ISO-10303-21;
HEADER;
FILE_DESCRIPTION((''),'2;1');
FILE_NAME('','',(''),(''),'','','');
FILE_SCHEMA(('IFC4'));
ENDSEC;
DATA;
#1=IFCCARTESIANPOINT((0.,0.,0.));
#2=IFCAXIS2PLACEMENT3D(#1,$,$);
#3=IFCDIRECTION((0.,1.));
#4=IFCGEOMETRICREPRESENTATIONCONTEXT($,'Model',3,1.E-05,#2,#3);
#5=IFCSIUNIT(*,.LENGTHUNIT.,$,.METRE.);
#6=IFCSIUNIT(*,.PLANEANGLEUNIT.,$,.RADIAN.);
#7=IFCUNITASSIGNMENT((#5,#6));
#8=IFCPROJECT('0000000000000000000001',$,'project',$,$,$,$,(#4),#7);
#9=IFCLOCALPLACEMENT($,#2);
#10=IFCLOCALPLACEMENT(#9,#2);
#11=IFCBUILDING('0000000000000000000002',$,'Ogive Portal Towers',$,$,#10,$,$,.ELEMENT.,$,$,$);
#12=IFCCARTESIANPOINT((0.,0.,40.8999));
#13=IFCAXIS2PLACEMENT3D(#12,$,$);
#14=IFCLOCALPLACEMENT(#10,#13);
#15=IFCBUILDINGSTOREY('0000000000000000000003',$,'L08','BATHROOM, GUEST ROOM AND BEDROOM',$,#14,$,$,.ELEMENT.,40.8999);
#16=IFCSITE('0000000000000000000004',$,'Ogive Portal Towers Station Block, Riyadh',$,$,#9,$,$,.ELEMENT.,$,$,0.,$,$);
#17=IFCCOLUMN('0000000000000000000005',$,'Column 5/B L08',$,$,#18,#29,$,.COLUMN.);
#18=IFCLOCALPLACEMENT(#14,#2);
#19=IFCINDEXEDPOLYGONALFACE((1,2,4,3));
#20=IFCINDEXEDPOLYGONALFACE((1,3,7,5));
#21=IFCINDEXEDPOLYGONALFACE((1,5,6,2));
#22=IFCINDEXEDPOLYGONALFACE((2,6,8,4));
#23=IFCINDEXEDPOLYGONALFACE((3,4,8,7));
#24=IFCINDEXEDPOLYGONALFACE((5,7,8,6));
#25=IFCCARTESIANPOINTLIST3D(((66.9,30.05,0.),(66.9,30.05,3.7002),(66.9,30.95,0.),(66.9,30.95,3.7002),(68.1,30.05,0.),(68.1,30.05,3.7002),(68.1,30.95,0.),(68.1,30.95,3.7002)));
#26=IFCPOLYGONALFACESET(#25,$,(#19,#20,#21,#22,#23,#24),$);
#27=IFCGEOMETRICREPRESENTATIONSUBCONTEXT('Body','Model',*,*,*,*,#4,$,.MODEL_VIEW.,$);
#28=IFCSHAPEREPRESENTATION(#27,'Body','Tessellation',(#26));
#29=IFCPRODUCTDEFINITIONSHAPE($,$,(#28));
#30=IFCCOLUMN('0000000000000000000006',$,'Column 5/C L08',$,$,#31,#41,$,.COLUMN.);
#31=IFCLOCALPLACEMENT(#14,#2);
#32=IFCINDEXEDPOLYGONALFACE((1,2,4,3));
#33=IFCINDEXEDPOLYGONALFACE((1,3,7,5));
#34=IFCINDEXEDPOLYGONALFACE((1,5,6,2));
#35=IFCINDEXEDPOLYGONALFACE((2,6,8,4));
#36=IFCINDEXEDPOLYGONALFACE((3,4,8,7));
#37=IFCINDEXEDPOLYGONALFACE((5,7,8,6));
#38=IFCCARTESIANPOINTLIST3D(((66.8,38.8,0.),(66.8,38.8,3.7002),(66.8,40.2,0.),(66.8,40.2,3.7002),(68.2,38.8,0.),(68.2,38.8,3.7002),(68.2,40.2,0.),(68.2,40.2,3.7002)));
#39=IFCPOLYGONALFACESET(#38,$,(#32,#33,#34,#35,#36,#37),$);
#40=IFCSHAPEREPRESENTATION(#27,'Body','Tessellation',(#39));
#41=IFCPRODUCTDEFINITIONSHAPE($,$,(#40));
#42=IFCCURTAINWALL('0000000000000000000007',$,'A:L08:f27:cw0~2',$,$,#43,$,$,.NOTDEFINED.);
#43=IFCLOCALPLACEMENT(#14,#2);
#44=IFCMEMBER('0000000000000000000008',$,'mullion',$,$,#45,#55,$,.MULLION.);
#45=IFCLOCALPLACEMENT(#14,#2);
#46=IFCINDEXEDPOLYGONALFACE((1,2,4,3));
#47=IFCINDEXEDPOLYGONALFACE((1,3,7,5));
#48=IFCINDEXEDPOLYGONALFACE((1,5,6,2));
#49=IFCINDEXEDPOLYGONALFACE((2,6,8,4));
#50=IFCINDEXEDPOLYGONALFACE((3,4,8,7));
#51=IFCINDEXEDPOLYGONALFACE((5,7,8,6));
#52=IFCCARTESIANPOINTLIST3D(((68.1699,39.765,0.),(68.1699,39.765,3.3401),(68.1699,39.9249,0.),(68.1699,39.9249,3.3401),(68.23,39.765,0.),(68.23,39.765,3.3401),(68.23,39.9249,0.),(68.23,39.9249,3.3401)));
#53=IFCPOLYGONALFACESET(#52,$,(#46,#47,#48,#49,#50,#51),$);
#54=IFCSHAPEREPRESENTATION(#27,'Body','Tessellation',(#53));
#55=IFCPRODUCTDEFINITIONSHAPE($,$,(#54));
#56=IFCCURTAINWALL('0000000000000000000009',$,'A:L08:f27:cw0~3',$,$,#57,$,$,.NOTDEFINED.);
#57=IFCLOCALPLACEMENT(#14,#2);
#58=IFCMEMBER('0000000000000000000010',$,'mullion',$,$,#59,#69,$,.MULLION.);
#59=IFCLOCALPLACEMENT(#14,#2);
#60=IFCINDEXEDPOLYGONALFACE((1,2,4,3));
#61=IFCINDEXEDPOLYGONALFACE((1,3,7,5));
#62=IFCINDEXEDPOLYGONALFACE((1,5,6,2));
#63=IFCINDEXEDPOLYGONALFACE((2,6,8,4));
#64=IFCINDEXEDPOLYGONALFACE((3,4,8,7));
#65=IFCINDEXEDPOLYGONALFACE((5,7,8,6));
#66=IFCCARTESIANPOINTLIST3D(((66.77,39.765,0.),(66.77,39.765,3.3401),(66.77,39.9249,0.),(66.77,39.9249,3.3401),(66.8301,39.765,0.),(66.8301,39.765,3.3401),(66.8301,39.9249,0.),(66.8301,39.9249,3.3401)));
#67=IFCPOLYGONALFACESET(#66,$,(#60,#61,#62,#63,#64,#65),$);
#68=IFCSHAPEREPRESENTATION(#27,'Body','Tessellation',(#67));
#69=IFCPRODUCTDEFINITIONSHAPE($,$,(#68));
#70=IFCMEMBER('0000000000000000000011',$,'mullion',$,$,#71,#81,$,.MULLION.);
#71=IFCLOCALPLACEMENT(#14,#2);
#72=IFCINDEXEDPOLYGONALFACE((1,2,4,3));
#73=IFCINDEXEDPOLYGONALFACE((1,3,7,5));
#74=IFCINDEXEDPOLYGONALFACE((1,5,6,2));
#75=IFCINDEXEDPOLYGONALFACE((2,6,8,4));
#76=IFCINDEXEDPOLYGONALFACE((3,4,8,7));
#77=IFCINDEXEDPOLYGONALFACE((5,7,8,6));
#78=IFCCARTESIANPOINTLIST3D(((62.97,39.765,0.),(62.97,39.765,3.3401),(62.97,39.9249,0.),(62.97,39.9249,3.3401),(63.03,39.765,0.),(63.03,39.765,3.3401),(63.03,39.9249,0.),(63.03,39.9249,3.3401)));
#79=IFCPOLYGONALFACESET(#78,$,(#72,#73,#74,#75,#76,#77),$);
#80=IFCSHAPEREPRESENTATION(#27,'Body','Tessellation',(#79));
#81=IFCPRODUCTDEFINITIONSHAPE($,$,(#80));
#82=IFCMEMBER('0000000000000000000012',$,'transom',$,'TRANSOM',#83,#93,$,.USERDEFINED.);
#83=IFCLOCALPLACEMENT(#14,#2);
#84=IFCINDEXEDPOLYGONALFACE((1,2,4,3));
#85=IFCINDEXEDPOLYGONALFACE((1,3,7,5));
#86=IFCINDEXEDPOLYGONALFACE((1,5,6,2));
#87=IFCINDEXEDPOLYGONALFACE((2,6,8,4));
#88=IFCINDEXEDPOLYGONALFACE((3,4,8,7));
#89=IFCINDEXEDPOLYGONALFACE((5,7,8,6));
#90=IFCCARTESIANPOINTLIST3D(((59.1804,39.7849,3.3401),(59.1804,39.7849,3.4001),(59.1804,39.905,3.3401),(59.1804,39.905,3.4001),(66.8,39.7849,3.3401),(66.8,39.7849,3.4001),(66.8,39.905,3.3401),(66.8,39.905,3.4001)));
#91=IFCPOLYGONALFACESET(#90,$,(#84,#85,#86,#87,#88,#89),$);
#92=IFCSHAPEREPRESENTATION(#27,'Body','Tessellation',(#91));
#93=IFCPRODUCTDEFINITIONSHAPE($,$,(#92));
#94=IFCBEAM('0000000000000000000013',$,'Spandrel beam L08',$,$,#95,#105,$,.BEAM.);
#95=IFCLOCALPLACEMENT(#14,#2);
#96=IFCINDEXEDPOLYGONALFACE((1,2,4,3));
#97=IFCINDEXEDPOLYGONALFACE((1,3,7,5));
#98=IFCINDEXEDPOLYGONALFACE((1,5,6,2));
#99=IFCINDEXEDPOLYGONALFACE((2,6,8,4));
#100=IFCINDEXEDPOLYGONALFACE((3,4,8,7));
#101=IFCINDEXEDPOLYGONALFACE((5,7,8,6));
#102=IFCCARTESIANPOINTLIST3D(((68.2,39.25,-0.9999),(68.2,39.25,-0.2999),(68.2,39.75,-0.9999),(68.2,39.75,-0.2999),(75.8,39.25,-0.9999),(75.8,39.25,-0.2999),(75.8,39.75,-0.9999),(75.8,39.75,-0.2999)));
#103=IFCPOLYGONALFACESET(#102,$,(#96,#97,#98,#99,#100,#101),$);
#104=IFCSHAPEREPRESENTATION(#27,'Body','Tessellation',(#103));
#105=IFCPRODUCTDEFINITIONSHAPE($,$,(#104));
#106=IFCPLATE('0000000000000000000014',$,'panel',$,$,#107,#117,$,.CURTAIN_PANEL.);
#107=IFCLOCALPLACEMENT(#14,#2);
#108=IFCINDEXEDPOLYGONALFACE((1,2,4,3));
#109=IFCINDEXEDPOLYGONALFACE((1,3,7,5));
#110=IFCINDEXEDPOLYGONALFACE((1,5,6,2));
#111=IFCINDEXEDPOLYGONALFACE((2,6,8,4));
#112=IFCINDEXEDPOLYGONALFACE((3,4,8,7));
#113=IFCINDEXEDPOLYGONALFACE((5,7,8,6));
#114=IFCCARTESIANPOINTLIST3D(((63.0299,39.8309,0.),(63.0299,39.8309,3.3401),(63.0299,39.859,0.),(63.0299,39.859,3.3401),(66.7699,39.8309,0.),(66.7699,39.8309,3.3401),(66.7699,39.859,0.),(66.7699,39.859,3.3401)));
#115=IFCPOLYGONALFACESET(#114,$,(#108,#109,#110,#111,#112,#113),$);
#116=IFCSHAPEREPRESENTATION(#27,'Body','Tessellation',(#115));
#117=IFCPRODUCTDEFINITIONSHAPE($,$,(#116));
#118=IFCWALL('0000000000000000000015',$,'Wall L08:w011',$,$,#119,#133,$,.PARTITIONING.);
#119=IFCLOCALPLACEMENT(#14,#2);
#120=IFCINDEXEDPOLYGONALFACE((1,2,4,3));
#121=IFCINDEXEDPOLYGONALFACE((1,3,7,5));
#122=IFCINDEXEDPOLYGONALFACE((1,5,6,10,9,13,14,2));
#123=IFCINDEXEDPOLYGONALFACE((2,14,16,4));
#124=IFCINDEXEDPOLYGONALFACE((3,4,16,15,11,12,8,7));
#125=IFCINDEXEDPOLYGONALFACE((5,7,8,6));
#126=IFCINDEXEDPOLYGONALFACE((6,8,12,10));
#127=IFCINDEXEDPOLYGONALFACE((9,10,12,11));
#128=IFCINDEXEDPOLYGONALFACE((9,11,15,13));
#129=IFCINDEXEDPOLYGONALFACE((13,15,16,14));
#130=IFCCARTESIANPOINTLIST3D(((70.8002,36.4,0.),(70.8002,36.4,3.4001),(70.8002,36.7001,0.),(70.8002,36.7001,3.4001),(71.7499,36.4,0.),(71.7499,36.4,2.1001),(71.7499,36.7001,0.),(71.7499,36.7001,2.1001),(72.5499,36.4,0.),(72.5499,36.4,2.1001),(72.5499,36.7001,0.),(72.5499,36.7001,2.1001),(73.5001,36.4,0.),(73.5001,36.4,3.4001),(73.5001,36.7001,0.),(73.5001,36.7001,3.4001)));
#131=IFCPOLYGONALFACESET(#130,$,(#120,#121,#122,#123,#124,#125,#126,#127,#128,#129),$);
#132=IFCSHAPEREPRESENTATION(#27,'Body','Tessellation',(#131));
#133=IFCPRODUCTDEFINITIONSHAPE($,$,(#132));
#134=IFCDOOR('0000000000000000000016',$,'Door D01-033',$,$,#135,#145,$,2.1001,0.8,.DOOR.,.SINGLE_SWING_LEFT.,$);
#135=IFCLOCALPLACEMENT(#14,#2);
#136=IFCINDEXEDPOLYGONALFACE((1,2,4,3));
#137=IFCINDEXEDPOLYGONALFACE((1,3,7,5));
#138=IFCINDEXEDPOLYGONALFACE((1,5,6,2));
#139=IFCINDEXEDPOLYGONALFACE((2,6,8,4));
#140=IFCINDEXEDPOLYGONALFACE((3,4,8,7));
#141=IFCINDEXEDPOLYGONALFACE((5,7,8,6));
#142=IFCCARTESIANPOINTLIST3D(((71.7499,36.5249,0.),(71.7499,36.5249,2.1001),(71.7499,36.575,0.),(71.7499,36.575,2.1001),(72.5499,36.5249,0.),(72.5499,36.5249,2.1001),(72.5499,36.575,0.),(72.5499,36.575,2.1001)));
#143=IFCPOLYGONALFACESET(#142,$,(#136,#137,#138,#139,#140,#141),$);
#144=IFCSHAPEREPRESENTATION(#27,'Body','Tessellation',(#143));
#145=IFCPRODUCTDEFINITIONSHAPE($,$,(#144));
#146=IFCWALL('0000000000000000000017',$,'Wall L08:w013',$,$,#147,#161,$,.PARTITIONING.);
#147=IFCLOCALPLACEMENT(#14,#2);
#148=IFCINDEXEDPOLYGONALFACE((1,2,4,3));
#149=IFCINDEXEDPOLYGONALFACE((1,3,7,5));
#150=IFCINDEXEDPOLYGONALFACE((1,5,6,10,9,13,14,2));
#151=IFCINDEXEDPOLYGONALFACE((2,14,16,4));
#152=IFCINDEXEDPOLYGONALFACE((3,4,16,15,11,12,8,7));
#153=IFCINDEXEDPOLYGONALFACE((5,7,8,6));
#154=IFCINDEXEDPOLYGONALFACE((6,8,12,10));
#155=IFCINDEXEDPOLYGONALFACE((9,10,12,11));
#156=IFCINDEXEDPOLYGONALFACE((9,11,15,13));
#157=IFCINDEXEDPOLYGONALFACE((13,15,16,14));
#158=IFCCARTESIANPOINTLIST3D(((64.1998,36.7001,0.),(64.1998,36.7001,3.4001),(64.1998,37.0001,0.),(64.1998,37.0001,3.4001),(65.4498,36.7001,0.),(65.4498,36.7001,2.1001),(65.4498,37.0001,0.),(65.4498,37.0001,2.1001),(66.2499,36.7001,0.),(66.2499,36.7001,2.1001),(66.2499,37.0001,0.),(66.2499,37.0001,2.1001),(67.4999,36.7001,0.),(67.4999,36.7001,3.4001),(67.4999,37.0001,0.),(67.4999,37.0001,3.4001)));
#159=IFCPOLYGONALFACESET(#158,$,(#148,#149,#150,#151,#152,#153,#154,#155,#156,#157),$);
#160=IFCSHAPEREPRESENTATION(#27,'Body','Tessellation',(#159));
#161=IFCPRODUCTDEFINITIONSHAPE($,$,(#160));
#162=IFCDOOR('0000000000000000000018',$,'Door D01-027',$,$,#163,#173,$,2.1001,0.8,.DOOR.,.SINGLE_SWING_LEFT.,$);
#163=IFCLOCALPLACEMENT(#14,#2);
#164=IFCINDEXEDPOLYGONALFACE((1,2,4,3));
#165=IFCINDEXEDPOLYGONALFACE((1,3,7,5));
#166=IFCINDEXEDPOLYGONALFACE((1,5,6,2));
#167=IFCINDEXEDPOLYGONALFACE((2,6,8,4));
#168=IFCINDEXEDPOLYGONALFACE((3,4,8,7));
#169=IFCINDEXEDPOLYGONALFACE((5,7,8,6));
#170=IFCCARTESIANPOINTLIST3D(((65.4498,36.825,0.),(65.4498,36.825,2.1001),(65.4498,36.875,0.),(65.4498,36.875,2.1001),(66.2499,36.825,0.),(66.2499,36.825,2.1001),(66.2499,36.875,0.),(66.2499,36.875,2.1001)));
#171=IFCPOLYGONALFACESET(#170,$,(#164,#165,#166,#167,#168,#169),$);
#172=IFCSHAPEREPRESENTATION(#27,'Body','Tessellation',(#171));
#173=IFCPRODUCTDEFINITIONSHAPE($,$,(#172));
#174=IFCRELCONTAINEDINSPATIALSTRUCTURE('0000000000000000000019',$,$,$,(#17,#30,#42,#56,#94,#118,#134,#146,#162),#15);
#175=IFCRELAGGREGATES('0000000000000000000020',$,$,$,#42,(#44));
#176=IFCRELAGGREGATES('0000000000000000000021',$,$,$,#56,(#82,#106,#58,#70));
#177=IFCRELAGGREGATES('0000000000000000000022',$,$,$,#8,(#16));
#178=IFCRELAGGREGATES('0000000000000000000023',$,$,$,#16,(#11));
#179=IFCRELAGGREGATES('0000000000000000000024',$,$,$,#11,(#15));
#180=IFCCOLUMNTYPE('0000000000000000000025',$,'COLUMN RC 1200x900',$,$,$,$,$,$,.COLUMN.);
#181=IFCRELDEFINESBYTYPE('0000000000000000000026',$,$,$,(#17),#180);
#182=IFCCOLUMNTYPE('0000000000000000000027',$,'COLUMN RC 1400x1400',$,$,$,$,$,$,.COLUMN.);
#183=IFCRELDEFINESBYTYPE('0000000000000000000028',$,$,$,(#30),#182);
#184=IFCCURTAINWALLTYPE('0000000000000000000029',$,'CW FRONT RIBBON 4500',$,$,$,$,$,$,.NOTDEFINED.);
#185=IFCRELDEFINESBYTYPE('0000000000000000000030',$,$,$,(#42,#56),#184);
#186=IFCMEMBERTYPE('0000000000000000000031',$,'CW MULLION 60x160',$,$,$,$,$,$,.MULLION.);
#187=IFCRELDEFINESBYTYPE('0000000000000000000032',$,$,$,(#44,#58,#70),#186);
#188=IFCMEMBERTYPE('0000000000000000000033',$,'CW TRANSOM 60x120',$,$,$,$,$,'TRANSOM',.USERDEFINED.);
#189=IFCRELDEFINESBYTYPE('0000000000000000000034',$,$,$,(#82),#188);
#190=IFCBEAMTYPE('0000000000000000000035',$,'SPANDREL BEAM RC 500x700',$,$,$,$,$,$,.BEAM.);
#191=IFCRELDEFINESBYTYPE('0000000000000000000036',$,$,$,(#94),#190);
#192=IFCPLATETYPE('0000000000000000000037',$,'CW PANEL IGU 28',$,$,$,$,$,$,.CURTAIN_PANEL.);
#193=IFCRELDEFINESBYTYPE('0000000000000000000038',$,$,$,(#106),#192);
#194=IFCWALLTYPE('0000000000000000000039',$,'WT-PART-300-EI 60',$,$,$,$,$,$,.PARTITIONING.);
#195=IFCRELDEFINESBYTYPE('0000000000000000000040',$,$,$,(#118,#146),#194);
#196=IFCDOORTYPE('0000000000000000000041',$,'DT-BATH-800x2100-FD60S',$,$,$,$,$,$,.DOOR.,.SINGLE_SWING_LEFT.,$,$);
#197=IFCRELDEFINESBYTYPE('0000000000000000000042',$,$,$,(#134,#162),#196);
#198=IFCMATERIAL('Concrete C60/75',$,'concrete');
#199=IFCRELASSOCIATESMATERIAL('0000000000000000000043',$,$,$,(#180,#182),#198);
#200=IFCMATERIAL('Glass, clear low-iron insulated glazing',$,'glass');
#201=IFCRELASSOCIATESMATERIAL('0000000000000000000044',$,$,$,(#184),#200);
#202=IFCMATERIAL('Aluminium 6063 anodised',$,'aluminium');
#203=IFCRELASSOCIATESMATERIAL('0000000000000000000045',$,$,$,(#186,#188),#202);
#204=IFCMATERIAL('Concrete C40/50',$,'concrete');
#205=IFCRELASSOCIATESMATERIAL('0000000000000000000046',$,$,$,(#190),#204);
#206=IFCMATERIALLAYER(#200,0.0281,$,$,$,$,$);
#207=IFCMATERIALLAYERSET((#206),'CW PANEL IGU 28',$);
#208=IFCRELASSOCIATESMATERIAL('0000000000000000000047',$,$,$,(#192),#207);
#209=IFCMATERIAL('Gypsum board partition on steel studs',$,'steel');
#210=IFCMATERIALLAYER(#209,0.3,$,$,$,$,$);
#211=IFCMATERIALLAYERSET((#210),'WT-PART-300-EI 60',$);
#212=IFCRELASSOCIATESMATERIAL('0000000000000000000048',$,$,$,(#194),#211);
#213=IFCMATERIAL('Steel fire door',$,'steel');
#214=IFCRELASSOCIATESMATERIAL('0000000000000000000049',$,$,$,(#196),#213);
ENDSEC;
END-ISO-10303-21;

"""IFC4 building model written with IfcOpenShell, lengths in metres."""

from ifc_helpers import new_model, si_unit, direction, frame, frame_2d, origin, origin_2d, place, context, subcontext, project, spatial, rectangle, extrude, material, layer, layer_set, material_profile, profile_set, type_object, element, fill, aggregate, save


model = new_model("IFC4")

# Units and contexts
model_context = context("Model", 3, precision=1e-05, world=origin(), true_north=direction((0.0, 1.0)))
body_context = subcontext(model_context, "Body", "Model", "MODEL_VIEW")
ifc_project = project(units=[si_unit("LENGTHUNIT", "METRE"), si_unit("PLANEANGLEUNIT", "RADIAN")], contexts=[model_context])

# Site, building, storey
site_placement = place(None, origin())
site = spatial("IfcSite", under=ifc_project, at=site_placement, Name="Ogive Portal Towers Station Block, Riyadh", CompositionType="ELEMENT", RefElevation=0.0)
building_placement = place(site_placement, origin())
building = spatial("IfcBuilding", under=site, at=building_placement, Name="Ogive Portal Towers", CompositionType="ELEMENT")
storey_placement = place(building_placement, frame((0.0, 0.0, 40.8999)))
storey = spatial("IfcBuildingStorey", under=building, at=storey_placement, Name="L08", Description="BATHROOM, GUEST ROOM AND BEDROOM", CompositionType="ELEMENT", Elevation=40.8999)

# Columns
ifc_material_1 = material(Name="Concrete C60/75", Category="concrete")
ifc_material_profile_1 = material_profile(ifc_material_1, rectangle(XDim=1.2, YDim=0.8999, at=origin_2d()), Name="RC 1200x900")
ifc_profile_set_1 = profile_set([ifc_material_profile_1], Name="Concrete C60/75")
column_type_1 = type_object("IfcColumnType", Name="COLUMN RC 1200x900", PredefinedType="COLUMN", material=ifc_profile_set_1)
column_1_placement = place(storey_placement, frame((67.5, 30.5, 0.0), z_axis=(0.0, 0.0, 1.0), x_axis=(1.0, 0.0, 0.0)))
element("IfcColumn", 1, at=column_1_placement, inside=storey, type_object=column_type_1, Name="Column 5/B L08", PredefinedType="COLUMN", context=body_context, shape_type="SweptSolid", body=[
    extrude(rectangle(XDim=1.2, YDim=0.8999, at=origin_2d()), origin(), (0.0, 0.0, 1.0), 3.7002),
])
ifc_material_profile_2 = material_profile(ifc_material_1, rectangle(XDim=1.3999, YDim=1.3999, at=origin_2d()), Name="RC 1400x1400")
ifc_profile_set_2 = profile_set([ifc_material_profile_2], Name="Concrete C60/75")
column_type_2 = type_object("IfcColumnType", Name="COLUMN RC 1400x1400", PredefinedType="COLUMN", material=ifc_profile_set_2)
column_2_placement = place(storey_placement, frame((67.5, 39.5, 0.0), z_axis=(0.0, 0.0, 1.0), x_axis=(1.0, 0.0, 0.0)))
element("IfcColumn", 2, at=column_2_placement, inside=storey, type_object=column_type_2, Name="Column 5/C L08", PredefinedType="COLUMN", context=body_context, shape_type="SweptSolid", body=[
    extrude(rectangle(XDim=1.3999, YDim=1.3999, at=origin_2d()), origin(), (0.0, 0.0, 1.0), 3.7002),
])

# Curtain wall, member
ifc_material_2 = material(Name="Glass, clear low-iron insulated glazing", Category="glass")
curtain_wall_type = type_object("IfcCurtainWallType", Name="CW FRONT RIBBON 4500", PredefinedType="NOTDEFINED", material=ifc_material_2)
curtain_wall_1_placement = place(storey_placement, origin())
curtain_wall_1 = element("IfcCurtainWall", 3, at=curtain_wall_1_placement, inside=storey, type_object=curtain_wall_type, Name="A:L08:f27:cw0~2", PredefinedType="NOTDEFINED")
ifc_material_3 = material(Name="Aluminium 6063 anodised", Category="aluminium")
ifc_material_profile_3 = material_profile(ifc_material_3, rectangle(XDim=0.1599, YDim=0.0601, at=origin_2d()), Name="AL 60x160")
ifc_profile_set_3 = profile_set([ifc_material_profile_3], Name="Aluminium 6063 anodised")
member_type_1 = type_object("IfcMemberType", Name="CW MULLION 60x160", PredefinedType="MULLION", material=ifc_profile_set_3)
member_1_placement = place(storey_placement, frame((68.2, 39.845, 0.0), z_axis=(0.0, 0.0, 1.0), x_axis=(0.0, -1.0, 0.0)))
member_1 = element("IfcMember", 4, at=member_1_placement, type_object=member_type_1, Name="mullion", PredefinedType="MULLION", context=body_context, shape_type="SweptSolid", body=[
    extrude(rectangle(XDim=0.1599, YDim=0.0601, at=origin_2d()), origin(), (0.0, 0.0, 1.0), 3.3401),
])
aggregate(curtain_wall_1, [member_1])

# Curtain wall, members
curtain_wall_2_placement = place(storey_placement, origin())
curtain_wall_2 = element("IfcCurtainWall", 5, at=curtain_wall_2_placement, inside=storey, type_object=curtain_wall_type, Name="A:L08:f27:cw0~3", PredefinedType="NOTDEFINED")
member_2_placement = place(storey_placement, frame((66.8, 39.845, 0.0), z_axis=(0.0, 0.0, 1.0), x_axis=(0.0, -1.0, 0.0)))
member_2 = element("IfcMember", 6, at=member_2_placement, type_object=member_type_1, Name="mullion", PredefinedType="MULLION", context=body_context, shape_type="SweptSolid", body=[
    extrude(rectangle(XDim=0.1599, YDim=0.0601, at=origin_2d()), origin(), (0.0, 0.0, 1.0), 3.3401),
])
member_3_placement = place(storey_placement, frame((63.0, 39.845, 0.0), z_axis=(0.0, 0.0, 1.0), x_axis=(0.0, -1.0, 0.0)))
member_3 = element("IfcMember", 7, at=member_3_placement, type_object=member_type_1, Name="mullion", PredefinedType="MULLION", context=body_context, shape_type="SweptSolid", body=[
    extrude(rectangle(XDim=0.1599, YDim=0.0601, at=origin_2d()), origin(), (0.0, 0.0, 1.0), 3.3401),
])
ifc_material_profile_4 = material_profile(ifc_material_3, rectangle(XDim=0.1201, YDim=0.0601, at=origin_2d()), Name="AL 120x60")
ifc_profile_set_4 = profile_set([ifc_material_profile_4], Name="Aluminium 6063 anodised")
member_type_2 = type_object("IfcMemberType", Name="CW TRANSOM 60x120", ElementType="TRANSOM", PredefinedType="USERDEFINED", material=ifc_profile_set_4)
member_4_placement = place(storey_placement, frame((66.8, 39.845, 3.3701), z_axis=(-1.0, 0.0, 0.0), x_axis=(0.0, -1.0, 0.0)))
member_4 = element("IfcMember", 8, at=member_4_placement, type_object=member_type_2, Name="transom", ObjectType="TRANSOM", PredefinedType="USERDEFINED", context=body_context, shape_type="SweptSolid", body=[
    extrude(rectangle(XDim=0.1201, YDim=0.0601, at=origin_2d()), origin(), (0.0, 0.0, 1.0), 7.6196),
])

# Beam
ifc_material_4 = material(Name="Concrete C40/50", Category="concrete")
ifc_material_profile_5 = material_profile(ifc_material_4, rectangle(XDim=0.5, YDim=0.7, at=origin_2d()), Name="RC 500x700")
ifc_profile_set_5 = profile_set([ifc_material_profile_5], Name="Concrete C40/50")
beam_type = type_object("IfcBeamType", Name="SPANDREL BEAM RC 500x700", PredefinedType="BEAM", material=ifc_profile_set_5)
beam_placement = place(storey_placement, frame((68.2, 39.5, -0.6499), z_axis=(1.0, 0.0, 0.0), x_axis=(0.0, 1.0, 0.0)))
element("IfcBeam", 9, at=beam_placement, inside=storey, type_object=beam_type, Name="Spandrel beam L08", PredefinedType="BEAM", context=body_context, shape_type="SweptSolid", body=[
    extrude(rectangle(XDim=0.5, YDim=0.7, at=origin_2d()), origin(), (0.0, 0.0, 1.0), 7.6001),
])

# Plate
ifc_layer_1 = layer(ifc_material_2, 0.0281)
ifc_layer_set_1 = layer_set([ifc_layer_1], Name="CW PANEL IGU 28")
plate_type = type_object("IfcPlateType", Name="CW PANEL IGU 28", PredefinedType="CURTAIN_PANEL", material=ifc_layer_set_1)
plate_placement = place(storey_placement, frame((64.8999, 39.845, 0.0), z_axis=(0.0, 0.0, 1.0), x_axis=(-1.0, 0.0, 0.0)))
plate = element("IfcPlate", 10, at=plate_placement, type_object=plate_type, Name="panel", PredefinedType="CURTAIN_PANEL", context=body_context, shape_type="SweptSolid", body=[
    extrude(rectangle(XDim=3.74, YDim=0.0281, at=origin_2d()), origin(), (0.0, 0.0, 1.0), 3.3401),
])
aggregate(curtain_wall_2, [member_4, plate, member_2, member_3])

# Walls, openings, doors
ifc_material_5 = material(Name="Gypsum board partition on steel studs", Category="steel")
ifc_layer_2 = layer(ifc_material_5, 0.3)
ifc_layer_set_2 = layer_set([ifc_layer_2], Name="WT-PART-300-EI 60")
wall_type = type_object("IfcWallType", Name="WT-PART-300-EI 60", PredefinedType="PARTITIONING", material=ifc_layer_set_2)
wall_1_placement = place(storey_placement, frame((70.8, 36.55, 0.0), z_axis=(0.0, 0.0, 1.0), x_axis=(1.0, 0.0, 0.0)))
wall_1 = element("IfcWall", 11, at=wall_1_placement, inside=storey, type_object=wall_type, Name="Wall L08:w011", PredefinedType="PARTITIONING", context=body_context, shape_type="SweptSolid", body=[
    extrude(rectangle(XDim=2.7, YDim=0.3, at=frame_2d((1.3501, 0.0))), origin(), (0.0, 0.0, 1.0), 3.4001),
])
opening_1_placement = place(wall_1_placement, frame((0.95, 0.0, 0.0)))
opening_1 = element("IfcOpeningElement", 12, at=opening_1_placement, cuts=wall_1, PredefinedType="OPENING", context=body_context, shape_type="SweptSolid", body=[
    extrude(rectangle(XDim=0.8, YDim=2.1001, at=frame_2d((0.3999, 1.05))), frame((0.0, 0.1602, 0.0), z_axis=(0.0, -1.0, 0.0), x_axis=(1.0, 0.0, 0.0)), (0.0, 0.0, 1.0), 0.3201),
])
ifc_material_6 = material(Name="Steel fire door", Category="steel")
door_type = type_object("IfcDoorType", Name="DT-BATH-800x2100-FD60S", OperationType="SINGLE_SWING_LEFT", PredefinedType="DOOR", material=ifc_material_6)
door_1_placement = place(opening_1_placement, origin())
door_1 = element("IfcDoor", 13, at=door_1_placement, inside=storey, type_object=door_type, Name="Door D01-033", OperationType="SINGLE_SWING_LEFT", OverallHeight=2.1001, OverallWidth=0.8, PredefinedType="DOOR", context=body_context, shape_type="SweptSolid", body=[
    extrude(rectangle(XDim=0.8, YDim=2.1001, at=frame_2d((0.3999, 1.05))), frame((0.0, 0.0249, 0.0), z_axis=(0.0, -1.0, 0.0), x_axis=(1.0, 0.0, 0.0)), (0.0, 0.0, 1.0), 0.05),
])
fill(opening_1, door_1)
wall_2_placement = place(storey_placement, frame((64.2, 36.8501, 0.0), z_axis=(0.0, 0.0, 1.0), x_axis=(1.0, 0.0, 0.0)))
wall_2 = element("IfcWall", 14, at=wall_2_placement, inside=storey, type_object=wall_type, Name="Wall L08:w013", PredefinedType="PARTITIONING", context=body_context, shape_type="SweptSolid", body=[
    extrude(rectangle(XDim=3.3, YDim=0.3, at=frame_2d((1.6499, 0.0))), origin(), (0.0, 0.0, 1.0), 3.4001),
])
opening_2_placement = place(wall_2_placement, frame((1.25, 0.0, 0.0)))
opening_2 = element("IfcOpeningElement", 15, at=opening_2_placement, cuts=wall_2, PredefinedType="OPENING", context=body_context, shape_type="SweptSolid", body=[
    extrude(rectangle(XDim=0.8, YDim=2.1001, at=frame_2d((0.3999, 1.05))), frame((0.0, 0.1602, 0.0), z_axis=(0.0, -1.0, 0.0), x_axis=(1.0, 0.0, 0.0)), (0.0, 0.0, 1.0), 0.3201),
])
door_2_placement = place(opening_2_placement, origin())
door_2 = element("IfcDoor", 16, at=door_2_placement, inside=storey, type_object=door_type, Name="Door D01-027", OperationType="SINGLE_SWING_LEFT", OverallHeight=2.1001, OverallWidth=0.8, PredefinedType="DOOR", context=body_context, shape_type="SweptSolid", body=[
    extrude(rectangle(XDim=0.8, YDim=2.1001, at=frame_2d((0.3999, 1.05))), frame((0.0, 0.0249, 0.0), z_axis=(0.0, -1.0, 0.0), x_axis=(1.0, 0.0, 0.0)), (0.0, 0.0, 1.0), 0.05),
])
fill(opening_2, door_2)

save(model, "model.ifc")
